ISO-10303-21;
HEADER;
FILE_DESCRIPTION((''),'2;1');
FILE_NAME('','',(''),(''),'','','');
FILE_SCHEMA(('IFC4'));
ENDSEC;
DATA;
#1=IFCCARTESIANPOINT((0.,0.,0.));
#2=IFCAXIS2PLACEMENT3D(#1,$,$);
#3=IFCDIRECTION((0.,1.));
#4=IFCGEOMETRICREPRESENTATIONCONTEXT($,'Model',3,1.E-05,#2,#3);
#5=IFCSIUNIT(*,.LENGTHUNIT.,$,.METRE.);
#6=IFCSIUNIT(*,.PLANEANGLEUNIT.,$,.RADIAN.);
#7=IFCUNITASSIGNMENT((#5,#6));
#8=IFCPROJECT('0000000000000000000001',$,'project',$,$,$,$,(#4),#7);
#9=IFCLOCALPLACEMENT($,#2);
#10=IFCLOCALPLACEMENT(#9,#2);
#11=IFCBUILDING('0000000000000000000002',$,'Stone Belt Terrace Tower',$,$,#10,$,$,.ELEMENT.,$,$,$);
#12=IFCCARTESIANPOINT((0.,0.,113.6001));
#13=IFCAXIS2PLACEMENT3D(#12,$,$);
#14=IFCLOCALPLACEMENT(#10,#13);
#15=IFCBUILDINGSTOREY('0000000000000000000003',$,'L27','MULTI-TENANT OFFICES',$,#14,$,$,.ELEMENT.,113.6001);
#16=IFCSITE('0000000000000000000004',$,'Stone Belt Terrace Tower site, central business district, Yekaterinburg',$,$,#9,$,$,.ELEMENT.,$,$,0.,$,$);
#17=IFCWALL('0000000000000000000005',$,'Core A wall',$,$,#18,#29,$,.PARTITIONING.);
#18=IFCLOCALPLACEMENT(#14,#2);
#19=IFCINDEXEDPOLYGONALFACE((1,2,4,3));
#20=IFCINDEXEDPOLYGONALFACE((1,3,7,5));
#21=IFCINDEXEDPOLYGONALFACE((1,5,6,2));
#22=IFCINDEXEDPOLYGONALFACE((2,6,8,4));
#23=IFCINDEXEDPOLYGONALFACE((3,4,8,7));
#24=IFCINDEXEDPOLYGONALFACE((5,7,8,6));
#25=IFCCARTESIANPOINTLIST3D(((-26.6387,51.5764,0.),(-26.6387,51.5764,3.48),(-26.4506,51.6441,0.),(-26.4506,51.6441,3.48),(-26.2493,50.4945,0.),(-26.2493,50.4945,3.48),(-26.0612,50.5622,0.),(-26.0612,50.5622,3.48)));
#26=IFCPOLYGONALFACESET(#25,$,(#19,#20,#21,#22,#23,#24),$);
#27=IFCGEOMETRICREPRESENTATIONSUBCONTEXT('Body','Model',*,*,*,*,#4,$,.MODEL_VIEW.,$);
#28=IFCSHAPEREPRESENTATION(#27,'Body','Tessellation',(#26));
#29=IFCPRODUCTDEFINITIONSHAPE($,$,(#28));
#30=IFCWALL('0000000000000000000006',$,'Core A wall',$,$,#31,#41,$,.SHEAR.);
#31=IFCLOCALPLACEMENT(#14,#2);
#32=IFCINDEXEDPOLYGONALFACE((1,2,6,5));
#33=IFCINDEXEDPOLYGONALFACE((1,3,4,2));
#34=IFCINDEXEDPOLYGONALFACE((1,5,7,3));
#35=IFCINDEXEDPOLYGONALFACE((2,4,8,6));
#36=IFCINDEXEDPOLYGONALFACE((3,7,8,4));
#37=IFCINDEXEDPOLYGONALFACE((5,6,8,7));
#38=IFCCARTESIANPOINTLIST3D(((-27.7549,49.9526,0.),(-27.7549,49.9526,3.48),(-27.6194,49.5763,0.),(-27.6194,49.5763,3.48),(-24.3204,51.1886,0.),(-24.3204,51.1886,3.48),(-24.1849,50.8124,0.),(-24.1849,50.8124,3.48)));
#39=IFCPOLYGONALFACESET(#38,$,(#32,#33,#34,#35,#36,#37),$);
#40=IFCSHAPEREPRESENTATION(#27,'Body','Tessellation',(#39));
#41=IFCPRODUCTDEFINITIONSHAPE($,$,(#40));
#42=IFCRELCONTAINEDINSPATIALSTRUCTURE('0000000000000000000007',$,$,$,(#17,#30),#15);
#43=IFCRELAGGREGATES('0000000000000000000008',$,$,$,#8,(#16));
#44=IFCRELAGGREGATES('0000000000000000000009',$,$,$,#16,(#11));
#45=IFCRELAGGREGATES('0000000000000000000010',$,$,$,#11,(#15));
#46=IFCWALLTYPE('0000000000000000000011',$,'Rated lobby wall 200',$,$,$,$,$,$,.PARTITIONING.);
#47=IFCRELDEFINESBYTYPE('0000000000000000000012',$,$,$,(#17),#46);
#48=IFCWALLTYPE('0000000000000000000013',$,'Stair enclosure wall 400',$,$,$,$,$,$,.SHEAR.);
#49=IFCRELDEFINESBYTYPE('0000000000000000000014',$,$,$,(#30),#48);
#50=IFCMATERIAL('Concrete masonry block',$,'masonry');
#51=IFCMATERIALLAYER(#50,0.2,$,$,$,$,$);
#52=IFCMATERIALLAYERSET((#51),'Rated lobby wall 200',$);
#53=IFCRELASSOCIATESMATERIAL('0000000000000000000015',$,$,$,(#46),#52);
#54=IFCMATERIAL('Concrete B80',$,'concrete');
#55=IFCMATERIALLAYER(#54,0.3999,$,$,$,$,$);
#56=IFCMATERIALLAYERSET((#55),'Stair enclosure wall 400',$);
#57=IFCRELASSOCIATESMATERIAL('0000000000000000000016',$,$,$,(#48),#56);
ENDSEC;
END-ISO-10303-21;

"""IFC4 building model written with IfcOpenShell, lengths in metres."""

from ifc_helpers import new_model, si_unit, direction, frame, frame_2d, origin, place, context, subcontext, project, spatial, rectangle, extrude, material, layer, layer_set, type_object, element, save


model = new_model("IFC4")

# Units and contexts
model_context = context("Model", 3, precision=1e-05, world=origin(), true_north=direction((0.0, 1.0)))
body_context = subcontext(model_context, "Body", "Model", "MODEL_VIEW")
ifc_project = project(units=[si_unit("LENGTHUNIT", "METRE"), si_unit("PLANEANGLEUNIT", "RADIAN")], contexts=[model_context])

# Site, building, storey
site_placement = place(None, origin())
site = spatial("IfcSite", under=ifc_project, at=site_placement, Name="Stone Belt Terrace Tower site, central business district, Yekaterinburg", CompositionType="ELEMENT", RefElevation=0.0)
building_placement = place(site_placement, origin())
building = spatial("IfcBuilding", under=site, at=building_placement, Name="Stone Belt Terrace Tower", CompositionType="ELEMENT")
storey_placement = place(building_placement, frame((0.0, 0.0, 113.6001)))
storey = spatial("IfcBuildingStorey", under=building, at=storey_placement, Name="L27", Description="MULTI-TENANT OFFICES", CompositionType="ELEMENT", Elevation=113.6001)

# Shared definitions
ifc_material_1 = material(Name="Concrete B80", Category="concrete")

# Walls
ifc_material_2 = material(Name="Concrete masonry block", Category="masonry")
ifc_layer_1 = layer(ifc_material_2, 0.2)
ifc_layer_set_1 = layer_set([ifc_layer_1], Name="Rated lobby wall 200")
wall_type_1 = type_object("IfcWallType", Name="Rated lobby wall 200", PredefinedType="PARTITIONING", material=ifc_layer_set_1)
wall_1_placement = place(storey_placement, frame((-26.1553, 50.5283, 0.0), z_axis=(0.0, 0.0, 1.0), x_axis=(-0.338622, 0.940923, 0.0)))
element("IfcWall", 1, at=wall_1_placement, inside=storey, type_object=wall_type_1, Name="Core A wall", PredefinedType="PARTITIONING", context=body_context, shape_type="SweptSolid", body=[
    extrude(rectangle(XDim=1.1499, YDim=0.2, at=frame_2d((0.575, 0.0))), origin(), (0.0, 0.0, 1.0), 3.48),
])
ifc_layer_2 = layer(ifc_material_1, 0.3999)
ifc_layer_set_2 = layer_set([ifc_layer_2], Name="Stair enclosure wall 400")
wall_type_2 = type_object("IfcWallType", Name="Stair enclosure wall 400", PredefinedType="SHEAR", material=ifc_layer_set_2)
wall_2_placement = place(storey_placement, frame((-27.6873, 49.7644, 0.0), z_axis=(0.0, 0.0, 1.0), x_axis=(0.940919, 0.338632, 0.0)))
element("IfcWall", 2, at=wall_2_placement, inside=storey, type_object=wall_type_2, Name="Core A wall", PredefinedType="SHEAR", context=body_context, shape_type="SweptSolid", body=[
    extrude(rectangle(XDim=3.6501, YDim=0.3999, at=frame_2d((1.8252, 0.0))), origin(), (0.0, 0.0, 1.0), 3.48),
])

save(model, "model.ifc")
